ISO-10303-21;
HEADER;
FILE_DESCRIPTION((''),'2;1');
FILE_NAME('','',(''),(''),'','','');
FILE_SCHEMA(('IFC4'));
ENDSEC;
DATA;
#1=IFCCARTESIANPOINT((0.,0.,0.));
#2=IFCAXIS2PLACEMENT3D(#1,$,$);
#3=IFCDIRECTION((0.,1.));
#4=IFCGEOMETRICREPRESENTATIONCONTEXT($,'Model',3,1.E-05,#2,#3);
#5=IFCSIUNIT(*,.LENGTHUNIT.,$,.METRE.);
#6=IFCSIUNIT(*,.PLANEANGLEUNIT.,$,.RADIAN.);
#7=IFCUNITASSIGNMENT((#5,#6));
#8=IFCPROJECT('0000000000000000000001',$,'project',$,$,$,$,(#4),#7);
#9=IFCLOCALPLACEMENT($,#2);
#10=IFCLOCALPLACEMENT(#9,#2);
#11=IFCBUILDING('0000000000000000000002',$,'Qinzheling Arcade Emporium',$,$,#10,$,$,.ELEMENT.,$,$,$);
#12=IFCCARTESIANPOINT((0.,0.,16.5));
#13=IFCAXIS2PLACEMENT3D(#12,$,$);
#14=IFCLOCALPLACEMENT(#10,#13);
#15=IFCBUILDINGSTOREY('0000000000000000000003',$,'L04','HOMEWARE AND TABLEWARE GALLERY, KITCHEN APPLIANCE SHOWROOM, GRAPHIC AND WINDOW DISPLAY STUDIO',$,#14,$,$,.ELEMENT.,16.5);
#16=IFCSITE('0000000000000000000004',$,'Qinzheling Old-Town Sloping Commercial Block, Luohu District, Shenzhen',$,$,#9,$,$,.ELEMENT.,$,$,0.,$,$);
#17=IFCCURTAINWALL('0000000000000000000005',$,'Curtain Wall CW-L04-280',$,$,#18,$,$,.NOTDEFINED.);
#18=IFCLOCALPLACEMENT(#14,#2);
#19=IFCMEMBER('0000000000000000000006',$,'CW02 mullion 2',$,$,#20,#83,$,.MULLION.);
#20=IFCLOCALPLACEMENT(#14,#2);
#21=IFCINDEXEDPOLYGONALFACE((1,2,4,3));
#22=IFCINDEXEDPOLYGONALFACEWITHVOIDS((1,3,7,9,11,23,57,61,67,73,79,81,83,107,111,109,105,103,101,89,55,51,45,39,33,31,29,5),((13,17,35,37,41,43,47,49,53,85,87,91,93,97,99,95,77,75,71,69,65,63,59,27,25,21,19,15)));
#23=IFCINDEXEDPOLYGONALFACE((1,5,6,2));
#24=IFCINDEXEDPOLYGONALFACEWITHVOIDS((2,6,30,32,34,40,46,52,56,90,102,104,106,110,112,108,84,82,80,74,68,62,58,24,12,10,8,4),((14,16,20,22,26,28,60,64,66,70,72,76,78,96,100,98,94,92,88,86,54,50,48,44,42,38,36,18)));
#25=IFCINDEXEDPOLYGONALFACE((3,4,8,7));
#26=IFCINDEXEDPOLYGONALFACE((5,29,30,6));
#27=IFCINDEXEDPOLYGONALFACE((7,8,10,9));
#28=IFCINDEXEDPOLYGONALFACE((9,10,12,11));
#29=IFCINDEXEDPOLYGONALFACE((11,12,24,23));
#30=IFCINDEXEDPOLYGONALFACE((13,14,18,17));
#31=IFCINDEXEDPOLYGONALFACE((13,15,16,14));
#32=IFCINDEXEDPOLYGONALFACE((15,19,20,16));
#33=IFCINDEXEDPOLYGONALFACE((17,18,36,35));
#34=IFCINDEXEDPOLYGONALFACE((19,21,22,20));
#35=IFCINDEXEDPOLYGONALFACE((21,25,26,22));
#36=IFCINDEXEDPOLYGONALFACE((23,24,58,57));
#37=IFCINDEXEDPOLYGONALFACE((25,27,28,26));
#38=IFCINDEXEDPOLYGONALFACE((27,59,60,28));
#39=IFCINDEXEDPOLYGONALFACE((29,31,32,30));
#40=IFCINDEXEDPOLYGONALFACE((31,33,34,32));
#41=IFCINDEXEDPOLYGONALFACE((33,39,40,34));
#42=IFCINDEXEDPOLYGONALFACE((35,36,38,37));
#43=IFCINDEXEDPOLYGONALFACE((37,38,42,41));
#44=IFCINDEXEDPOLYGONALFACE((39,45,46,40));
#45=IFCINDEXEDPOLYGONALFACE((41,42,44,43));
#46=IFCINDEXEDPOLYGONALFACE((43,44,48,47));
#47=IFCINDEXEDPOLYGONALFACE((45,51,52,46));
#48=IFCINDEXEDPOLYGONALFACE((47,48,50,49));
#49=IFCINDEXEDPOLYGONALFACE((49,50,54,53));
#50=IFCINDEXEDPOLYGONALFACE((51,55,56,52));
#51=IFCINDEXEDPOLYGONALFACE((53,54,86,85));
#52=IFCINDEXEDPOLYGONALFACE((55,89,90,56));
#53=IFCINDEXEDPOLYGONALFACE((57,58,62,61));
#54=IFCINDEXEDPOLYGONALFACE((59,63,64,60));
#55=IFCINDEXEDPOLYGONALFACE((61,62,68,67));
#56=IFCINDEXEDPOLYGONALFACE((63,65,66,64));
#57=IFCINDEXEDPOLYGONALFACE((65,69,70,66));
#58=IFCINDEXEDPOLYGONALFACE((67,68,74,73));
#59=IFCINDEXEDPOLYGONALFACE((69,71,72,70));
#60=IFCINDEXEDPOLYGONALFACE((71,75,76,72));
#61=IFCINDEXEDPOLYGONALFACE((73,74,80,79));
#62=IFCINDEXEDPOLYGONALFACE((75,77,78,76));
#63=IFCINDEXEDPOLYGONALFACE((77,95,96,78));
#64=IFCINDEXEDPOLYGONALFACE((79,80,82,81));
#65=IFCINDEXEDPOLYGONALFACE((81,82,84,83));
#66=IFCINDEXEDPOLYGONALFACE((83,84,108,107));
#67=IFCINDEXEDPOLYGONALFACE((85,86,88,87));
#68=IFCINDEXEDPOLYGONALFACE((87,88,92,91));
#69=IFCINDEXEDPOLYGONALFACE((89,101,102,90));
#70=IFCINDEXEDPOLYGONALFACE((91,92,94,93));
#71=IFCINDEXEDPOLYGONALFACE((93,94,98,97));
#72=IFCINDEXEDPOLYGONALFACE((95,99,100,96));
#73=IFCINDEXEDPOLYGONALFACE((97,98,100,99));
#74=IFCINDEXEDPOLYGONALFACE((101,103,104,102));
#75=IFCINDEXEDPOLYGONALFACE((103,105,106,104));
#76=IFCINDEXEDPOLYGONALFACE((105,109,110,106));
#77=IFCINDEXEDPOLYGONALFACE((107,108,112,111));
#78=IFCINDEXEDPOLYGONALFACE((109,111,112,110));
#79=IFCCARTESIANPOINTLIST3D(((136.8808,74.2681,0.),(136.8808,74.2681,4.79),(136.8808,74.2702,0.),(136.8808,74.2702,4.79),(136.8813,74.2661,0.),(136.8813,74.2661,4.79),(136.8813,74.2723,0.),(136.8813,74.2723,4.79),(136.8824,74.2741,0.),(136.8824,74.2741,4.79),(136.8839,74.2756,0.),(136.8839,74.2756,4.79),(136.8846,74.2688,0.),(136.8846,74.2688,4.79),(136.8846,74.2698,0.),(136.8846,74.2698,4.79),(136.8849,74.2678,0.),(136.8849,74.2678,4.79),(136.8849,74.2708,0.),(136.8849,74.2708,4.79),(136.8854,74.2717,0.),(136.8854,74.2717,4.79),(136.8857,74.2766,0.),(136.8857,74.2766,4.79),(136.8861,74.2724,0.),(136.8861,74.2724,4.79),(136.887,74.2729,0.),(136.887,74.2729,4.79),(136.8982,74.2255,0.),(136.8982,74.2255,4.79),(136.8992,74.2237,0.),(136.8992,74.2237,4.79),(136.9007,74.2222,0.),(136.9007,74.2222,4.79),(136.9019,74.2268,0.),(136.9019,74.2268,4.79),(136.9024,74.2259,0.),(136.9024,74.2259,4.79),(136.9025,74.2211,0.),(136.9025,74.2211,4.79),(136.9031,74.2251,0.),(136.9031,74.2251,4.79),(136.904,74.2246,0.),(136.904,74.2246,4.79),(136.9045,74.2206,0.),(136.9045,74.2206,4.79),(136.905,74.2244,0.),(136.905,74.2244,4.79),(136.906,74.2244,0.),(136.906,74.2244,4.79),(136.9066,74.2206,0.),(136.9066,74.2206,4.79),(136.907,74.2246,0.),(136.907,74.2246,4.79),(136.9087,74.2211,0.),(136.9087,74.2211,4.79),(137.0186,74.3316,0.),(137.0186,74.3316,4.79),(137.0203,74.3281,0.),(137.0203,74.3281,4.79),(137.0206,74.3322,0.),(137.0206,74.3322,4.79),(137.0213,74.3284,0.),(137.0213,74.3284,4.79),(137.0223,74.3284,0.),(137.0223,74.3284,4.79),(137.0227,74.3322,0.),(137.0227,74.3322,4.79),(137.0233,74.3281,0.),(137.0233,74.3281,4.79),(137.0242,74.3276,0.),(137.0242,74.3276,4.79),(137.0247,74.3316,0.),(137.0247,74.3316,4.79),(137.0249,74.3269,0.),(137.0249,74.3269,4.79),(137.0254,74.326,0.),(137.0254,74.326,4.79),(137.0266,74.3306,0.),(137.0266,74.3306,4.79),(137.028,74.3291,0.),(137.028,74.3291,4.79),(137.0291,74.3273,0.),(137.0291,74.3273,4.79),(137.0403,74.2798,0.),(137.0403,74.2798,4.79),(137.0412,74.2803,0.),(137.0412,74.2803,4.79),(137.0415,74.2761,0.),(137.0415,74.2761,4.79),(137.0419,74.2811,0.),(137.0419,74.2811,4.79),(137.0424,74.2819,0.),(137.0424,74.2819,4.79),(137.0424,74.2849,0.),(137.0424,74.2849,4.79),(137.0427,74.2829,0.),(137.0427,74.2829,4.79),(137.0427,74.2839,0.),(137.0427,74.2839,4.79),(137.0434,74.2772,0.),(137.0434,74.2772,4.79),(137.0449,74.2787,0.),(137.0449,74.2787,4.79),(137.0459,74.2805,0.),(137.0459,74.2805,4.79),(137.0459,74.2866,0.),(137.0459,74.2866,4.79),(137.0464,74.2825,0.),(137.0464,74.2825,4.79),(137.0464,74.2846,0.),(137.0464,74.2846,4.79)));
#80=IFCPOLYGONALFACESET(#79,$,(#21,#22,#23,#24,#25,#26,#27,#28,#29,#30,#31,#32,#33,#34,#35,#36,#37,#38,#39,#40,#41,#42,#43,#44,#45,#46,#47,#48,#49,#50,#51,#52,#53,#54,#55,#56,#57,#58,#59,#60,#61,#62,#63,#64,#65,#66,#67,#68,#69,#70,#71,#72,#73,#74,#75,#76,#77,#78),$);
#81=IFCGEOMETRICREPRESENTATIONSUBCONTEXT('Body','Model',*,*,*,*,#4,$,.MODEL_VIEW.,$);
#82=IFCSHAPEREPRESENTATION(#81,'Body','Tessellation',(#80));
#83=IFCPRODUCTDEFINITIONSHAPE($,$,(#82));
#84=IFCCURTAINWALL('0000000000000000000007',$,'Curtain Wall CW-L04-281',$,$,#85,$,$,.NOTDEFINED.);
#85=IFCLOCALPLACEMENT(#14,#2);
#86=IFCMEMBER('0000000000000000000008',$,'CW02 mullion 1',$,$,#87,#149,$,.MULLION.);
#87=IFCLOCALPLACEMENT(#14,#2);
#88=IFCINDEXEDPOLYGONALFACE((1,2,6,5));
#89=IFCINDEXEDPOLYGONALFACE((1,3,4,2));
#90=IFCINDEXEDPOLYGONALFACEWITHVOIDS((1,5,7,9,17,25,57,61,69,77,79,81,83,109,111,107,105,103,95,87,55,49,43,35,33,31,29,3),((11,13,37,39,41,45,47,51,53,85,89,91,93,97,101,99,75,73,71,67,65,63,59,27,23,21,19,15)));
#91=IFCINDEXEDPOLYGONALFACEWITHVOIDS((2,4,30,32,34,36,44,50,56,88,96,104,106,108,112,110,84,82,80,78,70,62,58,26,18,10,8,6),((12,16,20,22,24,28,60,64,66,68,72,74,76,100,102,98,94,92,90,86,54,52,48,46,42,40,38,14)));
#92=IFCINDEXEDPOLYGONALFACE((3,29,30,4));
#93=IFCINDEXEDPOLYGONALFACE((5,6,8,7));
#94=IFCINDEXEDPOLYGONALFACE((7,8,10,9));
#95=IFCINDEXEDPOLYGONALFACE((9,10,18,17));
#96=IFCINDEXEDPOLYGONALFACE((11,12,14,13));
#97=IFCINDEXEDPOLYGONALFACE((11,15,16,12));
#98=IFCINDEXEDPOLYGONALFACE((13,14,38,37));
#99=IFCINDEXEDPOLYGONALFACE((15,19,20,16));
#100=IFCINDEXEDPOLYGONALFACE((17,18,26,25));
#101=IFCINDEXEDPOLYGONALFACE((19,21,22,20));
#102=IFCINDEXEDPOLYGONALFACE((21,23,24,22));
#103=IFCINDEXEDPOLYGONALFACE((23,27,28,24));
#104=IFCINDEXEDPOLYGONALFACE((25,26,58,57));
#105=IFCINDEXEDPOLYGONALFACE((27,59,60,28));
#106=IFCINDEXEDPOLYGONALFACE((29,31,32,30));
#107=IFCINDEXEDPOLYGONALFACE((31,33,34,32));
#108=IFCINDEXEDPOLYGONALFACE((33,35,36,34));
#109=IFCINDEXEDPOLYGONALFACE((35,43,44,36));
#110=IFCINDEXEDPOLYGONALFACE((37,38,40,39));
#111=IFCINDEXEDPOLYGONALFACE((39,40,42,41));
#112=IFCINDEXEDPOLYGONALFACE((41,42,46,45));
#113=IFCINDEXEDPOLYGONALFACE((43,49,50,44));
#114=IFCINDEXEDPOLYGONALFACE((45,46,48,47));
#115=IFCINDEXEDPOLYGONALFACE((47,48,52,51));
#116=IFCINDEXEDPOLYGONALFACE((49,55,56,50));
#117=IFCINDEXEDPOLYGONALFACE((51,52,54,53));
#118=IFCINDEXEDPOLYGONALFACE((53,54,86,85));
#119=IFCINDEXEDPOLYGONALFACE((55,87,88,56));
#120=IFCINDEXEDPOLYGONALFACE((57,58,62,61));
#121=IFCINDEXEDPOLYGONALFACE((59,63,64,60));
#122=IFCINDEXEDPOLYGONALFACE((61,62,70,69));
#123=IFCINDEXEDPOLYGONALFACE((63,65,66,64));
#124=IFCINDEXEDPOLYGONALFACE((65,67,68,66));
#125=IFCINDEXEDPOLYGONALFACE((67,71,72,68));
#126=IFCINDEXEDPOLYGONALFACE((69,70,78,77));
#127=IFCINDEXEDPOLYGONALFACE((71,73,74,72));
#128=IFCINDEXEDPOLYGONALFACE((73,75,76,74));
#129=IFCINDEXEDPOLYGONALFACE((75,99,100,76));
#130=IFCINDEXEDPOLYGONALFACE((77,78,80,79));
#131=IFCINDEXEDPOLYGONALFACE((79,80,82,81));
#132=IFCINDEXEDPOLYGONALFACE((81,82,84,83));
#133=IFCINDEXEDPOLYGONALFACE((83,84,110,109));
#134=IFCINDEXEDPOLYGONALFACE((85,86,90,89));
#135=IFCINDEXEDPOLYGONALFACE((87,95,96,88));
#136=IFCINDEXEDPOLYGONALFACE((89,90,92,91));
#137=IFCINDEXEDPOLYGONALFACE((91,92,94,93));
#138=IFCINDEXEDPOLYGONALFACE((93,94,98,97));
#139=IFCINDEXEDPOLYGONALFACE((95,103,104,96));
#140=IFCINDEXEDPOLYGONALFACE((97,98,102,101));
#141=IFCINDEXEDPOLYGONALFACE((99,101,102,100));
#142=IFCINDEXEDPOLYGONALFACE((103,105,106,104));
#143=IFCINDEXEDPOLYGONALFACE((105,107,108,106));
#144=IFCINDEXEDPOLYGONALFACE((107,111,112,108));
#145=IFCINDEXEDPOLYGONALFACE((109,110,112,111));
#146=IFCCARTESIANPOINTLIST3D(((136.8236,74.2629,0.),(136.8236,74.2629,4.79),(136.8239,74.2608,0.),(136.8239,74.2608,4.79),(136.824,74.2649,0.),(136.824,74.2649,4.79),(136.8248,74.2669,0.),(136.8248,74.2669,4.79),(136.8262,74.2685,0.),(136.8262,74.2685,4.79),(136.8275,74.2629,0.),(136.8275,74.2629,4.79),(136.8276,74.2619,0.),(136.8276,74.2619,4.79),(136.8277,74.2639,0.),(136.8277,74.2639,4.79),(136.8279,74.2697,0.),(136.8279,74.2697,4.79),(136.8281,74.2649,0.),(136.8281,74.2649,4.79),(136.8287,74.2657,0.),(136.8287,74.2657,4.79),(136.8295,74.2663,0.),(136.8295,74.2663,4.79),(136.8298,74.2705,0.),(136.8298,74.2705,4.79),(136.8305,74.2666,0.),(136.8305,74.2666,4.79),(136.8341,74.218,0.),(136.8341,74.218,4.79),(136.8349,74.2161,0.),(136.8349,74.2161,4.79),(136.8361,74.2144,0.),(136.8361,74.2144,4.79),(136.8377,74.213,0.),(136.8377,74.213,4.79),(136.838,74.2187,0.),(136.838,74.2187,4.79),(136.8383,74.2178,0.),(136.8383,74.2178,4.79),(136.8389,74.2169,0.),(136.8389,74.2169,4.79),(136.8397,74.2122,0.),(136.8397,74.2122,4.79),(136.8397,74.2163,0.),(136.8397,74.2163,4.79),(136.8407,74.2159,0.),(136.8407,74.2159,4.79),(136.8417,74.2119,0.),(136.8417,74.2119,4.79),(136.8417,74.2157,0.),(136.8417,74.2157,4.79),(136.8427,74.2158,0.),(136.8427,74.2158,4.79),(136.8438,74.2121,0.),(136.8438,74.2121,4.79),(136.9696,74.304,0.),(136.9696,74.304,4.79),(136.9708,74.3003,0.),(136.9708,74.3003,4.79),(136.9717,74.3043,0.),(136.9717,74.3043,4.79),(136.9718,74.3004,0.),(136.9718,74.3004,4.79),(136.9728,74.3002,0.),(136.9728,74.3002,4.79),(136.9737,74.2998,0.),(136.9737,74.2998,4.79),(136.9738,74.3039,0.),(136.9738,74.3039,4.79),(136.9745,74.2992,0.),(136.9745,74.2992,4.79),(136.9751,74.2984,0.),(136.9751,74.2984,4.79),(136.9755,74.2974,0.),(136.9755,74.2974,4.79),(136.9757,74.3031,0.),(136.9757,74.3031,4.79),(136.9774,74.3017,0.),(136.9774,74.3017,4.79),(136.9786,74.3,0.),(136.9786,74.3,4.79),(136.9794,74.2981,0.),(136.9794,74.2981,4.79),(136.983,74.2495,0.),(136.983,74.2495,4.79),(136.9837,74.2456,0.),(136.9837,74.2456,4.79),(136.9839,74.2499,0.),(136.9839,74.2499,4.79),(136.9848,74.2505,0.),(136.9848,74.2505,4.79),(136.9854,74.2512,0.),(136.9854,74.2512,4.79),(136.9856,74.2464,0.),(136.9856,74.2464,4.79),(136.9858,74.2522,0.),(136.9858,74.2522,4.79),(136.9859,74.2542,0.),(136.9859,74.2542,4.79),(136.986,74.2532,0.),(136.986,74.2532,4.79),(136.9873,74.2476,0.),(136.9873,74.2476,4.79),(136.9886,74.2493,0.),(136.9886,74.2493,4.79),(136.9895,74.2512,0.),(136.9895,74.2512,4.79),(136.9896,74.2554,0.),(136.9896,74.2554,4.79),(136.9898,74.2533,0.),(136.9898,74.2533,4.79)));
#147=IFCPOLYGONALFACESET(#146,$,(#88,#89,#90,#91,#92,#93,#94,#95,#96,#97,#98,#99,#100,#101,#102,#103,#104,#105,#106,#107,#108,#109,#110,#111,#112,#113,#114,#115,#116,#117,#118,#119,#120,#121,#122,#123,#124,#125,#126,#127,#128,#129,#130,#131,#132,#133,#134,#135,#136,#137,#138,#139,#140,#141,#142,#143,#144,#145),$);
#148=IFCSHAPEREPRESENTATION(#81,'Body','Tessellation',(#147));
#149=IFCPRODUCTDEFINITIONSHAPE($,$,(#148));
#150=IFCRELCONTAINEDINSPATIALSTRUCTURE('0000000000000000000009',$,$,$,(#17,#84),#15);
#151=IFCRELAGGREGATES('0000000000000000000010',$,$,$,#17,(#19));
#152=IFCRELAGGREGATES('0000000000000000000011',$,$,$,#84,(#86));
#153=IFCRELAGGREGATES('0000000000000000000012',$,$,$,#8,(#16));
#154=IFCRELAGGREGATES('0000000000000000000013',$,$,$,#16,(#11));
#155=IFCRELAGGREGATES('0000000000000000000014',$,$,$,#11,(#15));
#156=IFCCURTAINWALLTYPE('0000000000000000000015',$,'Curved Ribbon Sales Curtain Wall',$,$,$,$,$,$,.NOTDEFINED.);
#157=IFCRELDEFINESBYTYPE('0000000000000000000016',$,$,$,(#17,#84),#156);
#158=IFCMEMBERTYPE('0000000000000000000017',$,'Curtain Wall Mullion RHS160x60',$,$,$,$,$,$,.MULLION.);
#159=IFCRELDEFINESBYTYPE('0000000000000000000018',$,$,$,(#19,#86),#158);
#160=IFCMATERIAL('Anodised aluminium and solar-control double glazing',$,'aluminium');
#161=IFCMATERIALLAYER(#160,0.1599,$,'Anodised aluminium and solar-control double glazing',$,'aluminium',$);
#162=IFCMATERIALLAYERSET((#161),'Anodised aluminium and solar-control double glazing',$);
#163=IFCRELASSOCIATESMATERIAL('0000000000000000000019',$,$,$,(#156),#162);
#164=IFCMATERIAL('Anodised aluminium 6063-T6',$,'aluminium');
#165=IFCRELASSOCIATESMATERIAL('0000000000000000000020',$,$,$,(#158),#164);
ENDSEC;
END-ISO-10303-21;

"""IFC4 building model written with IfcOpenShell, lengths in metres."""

from ifc_helpers import new_model, si_unit, direction, frame, origin, origin_2d, place, context, subcontext, project, spatial, hollow_rectangle, extrude, material, layer, layer_set, material_profile, profile_set, type_object, element, aggregate, save


model = new_model("IFC4")

# Units and contexts
model_context = context("Model", 3, precision=1e-05, world=origin(), true_north=direction((0.0, 1.0)))
body_context = subcontext(model_context, "Body", "Model", "MODEL_VIEW")
ifc_project = project(units=[si_unit("LENGTHUNIT", "METRE"), si_unit("PLANEANGLEUNIT", "RADIAN")], contexts=[model_context])

# Site, building, storey
site_placement = place(None, origin())
site = spatial("IfcSite", under=ifc_project, at=site_placement, Name="Qinzheling Old-Town Sloping Commercial Block, Luohu District, Shenzhen", CompositionType="ELEMENT", RefElevation=0.0)
building_placement = place(site_placement, origin())
building = spatial("IfcBuilding", under=site, at=building_placement, Name="Qinzheling Arcade Emporium", CompositionType="ELEMENT")
storey_placement = place(building_placement, frame((0.0, 0.0, 16.5)))
storey = spatial("IfcBuildingStorey", under=building, at=storey_placement, Name="L04", Description="HOMEWARE AND TABLEWARE GALLERY, KITCHEN APPLIANCE SHOWROOM, GRAPHIC AND WINDOW DISPLAY STUDIO", CompositionType="ELEMENT", Elevation=16.5)

# Shared definitions
ifc_material_1 = material(Name="Anodised aluminium and solar-control double glazing", Category="aluminium")
ifc_layer_1 = layer(ifc_material_1, 0.1599, Name="Anodised aluminium and solar-control double glazing", Category="aluminium")
ifc_layer_set_1 = layer_set([ifc_layer_1], Name="Anodised aluminium and solar-control double glazing")
curtain_wall_type_1 = type_object("IfcCurtainWallType", Name="Curved Ribbon Sales Curtain Wall", PredefinedType="NOTDEFINED", material=ifc_layer_set_1)
ifc_material_2 = material(Name="Anodised aluminium 6063-T6", Category="aluminium")
ifc_material_profile_1 = material_profile(ifc_material_2, hollow_rectangle(XDim=0.0601, YDim=0.1599, WallThickness=0.0039, InnerFilletRadius=0.0039, OuterFilletRadius=0.0081, at=origin_2d()), Name="RHS 160x60x4", Category="aluminium")
ifc_profile_set_1 = profile_set([ifc_material_profile_1], Name="Anodised aluminium 6063-T6")
member_type_1 = type_object("IfcMemberType", Name="Curtain Wall Mullion RHS160x60", PredefinedType="MULLION", material=ifc_profile_set_1)

# Curtain walls, members
curtain_wall_1_placement = place(storey_placement, origin())
curtain_wall_1 = element("IfcCurtainWall", 1, at=curtain_wall_1_placement, inside=storey, type_object=curtain_wall_type_1, Name="Curtain Wall CW-L04-280", PredefinedType="NOTDEFINED")
member_1_placement = place(storey_placement, frame((136.9636, 74.2764, 0.0), z_axis=(0.0, 0.0, 1.0), x_axis=(0.38247, -0.923968, 0.0)))
member_1 = element("IfcMember", 2, at=member_1_placement, type_object=member_type_1, Name="CW02 mullion 2", PredefinedType="MULLION", context=body_context, shape_type="SweptSolid", body=[
    extrude(hollow_rectangle(XDim=0.0601, YDim=0.1599, WallThickness=0.0039, InnerFilletRadius=0.0039, OuterFilletRadius=0.0081, at=origin_2d()), origin(), (0.0, 0.0, 1.0), 4.79),
])
curtain_wall_2_placement = place(storey_placement, origin())
curtain_wall_2 = element("IfcCurtainWall", 3, at=curtain_wall_2_placement, inside=storey, type_object=curtain_wall_type_1, Name="Curtain Wall CW-L04-281", PredefinedType="NOTDEFINED")
member_2_placement = place(storey_placement, frame((136.9067, 74.2581, 0.0), z_axis=(0.0, 0.0, 1.0), x_axis=(0.233373, -0.972387, 0.0)))
member_2 = element("IfcMember", 4, at=member_2_placement, type_object=member_type_1, Name="CW02 mullion 1", PredefinedType="MULLION", context=body_context, shape_type="SweptSolid", body=[
    extrude(hollow_rectangle(XDim=0.0601, YDim=0.1599, WallThickness=0.0039, InnerFilletRadius=0.0039, OuterFilletRadius=0.0081, at=origin_2d()), origin(), (0.0, 0.0, 1.0), 4.79),
])

aggregate(curtain_wall_1, [member_1])
aggregate(curtain_wall_2, [member_2])

save(model, "model.ifc")
